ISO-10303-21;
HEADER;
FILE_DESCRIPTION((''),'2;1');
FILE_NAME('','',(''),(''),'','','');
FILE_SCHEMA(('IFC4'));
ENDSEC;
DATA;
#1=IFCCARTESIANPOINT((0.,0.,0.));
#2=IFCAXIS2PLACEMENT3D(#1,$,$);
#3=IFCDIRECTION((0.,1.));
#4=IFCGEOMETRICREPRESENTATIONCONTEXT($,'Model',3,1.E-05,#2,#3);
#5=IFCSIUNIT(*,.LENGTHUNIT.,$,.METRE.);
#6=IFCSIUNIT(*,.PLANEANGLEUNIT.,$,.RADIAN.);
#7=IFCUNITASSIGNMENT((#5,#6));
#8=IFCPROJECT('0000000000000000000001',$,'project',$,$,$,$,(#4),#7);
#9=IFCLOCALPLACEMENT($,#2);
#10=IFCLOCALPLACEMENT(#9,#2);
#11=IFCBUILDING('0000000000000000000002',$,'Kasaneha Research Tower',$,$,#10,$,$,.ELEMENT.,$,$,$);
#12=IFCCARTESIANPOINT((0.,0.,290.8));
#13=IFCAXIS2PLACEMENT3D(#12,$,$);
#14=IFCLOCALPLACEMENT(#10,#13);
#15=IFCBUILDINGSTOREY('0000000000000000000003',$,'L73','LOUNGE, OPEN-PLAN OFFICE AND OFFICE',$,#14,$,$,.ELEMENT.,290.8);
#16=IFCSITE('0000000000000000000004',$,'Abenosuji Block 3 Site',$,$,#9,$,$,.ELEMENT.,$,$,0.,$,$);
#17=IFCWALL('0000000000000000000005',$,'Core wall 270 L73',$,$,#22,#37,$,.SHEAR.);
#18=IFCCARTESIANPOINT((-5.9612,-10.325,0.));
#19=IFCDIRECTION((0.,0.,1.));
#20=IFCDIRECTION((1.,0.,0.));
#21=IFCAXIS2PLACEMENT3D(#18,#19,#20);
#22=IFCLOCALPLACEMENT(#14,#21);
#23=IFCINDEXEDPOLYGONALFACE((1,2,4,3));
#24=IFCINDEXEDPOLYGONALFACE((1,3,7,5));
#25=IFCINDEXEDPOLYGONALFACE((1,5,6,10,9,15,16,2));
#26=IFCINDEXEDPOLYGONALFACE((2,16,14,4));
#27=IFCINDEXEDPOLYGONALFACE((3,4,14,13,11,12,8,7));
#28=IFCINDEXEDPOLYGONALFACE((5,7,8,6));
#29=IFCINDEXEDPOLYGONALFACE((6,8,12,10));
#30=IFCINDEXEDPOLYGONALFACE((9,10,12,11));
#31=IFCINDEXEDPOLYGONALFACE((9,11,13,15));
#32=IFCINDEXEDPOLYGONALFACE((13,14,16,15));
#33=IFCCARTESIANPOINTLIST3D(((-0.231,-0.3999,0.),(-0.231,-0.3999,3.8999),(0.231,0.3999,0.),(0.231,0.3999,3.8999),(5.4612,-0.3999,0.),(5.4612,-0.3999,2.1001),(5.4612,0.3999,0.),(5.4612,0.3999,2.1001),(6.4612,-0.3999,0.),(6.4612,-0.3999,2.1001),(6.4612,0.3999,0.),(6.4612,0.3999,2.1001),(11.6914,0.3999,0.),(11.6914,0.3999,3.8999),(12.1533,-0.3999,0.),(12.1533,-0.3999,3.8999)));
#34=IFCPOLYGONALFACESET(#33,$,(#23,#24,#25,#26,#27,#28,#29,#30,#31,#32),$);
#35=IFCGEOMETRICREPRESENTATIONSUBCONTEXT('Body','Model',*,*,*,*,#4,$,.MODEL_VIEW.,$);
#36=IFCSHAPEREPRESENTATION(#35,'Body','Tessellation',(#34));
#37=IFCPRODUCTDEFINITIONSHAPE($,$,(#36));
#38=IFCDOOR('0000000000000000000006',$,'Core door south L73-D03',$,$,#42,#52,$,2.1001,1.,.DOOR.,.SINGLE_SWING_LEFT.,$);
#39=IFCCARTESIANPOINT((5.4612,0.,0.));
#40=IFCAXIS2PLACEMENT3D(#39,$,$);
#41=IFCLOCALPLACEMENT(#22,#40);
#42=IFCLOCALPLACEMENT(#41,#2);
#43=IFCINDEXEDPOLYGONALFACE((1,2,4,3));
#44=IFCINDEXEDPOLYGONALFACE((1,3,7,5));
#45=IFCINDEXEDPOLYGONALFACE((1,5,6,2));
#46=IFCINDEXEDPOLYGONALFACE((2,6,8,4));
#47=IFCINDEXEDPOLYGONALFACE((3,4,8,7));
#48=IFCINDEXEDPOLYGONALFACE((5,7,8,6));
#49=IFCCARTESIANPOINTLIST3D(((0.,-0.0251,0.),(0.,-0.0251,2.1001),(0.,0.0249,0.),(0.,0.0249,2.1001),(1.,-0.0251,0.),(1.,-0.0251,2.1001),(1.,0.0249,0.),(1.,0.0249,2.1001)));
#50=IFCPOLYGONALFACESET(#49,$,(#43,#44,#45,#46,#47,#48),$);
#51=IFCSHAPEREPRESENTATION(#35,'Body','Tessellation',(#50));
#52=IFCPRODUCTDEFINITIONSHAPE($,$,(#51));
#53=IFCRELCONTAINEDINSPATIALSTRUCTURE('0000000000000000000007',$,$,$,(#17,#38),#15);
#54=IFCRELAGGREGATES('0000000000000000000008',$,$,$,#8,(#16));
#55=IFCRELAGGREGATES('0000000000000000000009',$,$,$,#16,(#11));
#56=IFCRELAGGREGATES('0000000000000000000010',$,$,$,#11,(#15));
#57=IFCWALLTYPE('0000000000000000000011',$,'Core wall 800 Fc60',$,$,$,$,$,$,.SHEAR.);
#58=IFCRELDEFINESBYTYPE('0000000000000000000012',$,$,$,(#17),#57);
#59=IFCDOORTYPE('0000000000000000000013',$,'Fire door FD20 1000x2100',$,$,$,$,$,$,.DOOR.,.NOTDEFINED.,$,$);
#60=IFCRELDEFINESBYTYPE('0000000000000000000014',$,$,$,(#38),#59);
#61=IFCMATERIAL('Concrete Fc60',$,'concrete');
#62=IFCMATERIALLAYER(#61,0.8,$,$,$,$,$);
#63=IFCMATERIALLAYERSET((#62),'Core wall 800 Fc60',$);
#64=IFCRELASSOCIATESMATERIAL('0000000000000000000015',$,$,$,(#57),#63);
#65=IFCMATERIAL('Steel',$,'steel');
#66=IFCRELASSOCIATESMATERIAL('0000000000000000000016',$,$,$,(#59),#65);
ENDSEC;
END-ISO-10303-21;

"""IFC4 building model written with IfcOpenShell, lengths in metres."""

from ifc_helpers import new_model, si_unit, direction, frame, frame_2d, origin, place, context, subcontext, project, spatial, polyline, rectangle, outline, extrude, material, layer, layer_set, type_object, element, fill, save


model = new_model("IFC4")

# Units and contexts
model_context = context("Model", 3, precision=1e-05, world=origin(), true_north=direction((0.0, 1.0)))
body_context = subcontext(model_context, "Body", "Model", "MODEL_VIEW")
ifc_project = project(units=[si_unit("LENGTHUNIT", "METRE"), si_unit("PLANEANGLEUNIT", "RADIAN")], contexts=[model_context])

# Site, building, storey
site_placement = place(None, origin())
site = spatial("IfcSite", under=ifc_project, at=site_placement, Name="Abenosuji Block 3 Site", CompositionType="ELEMENT", RefElevation=0.0)
building_placement = place(site_placement, origin())
building = spatial("IfcBuilding", under=site, at=building_placement, Name="Kasaneha Research Tower", CompositionType="ELEMENT")
storey_placement = place(building_placement, frame((0.0, 0.0, 290.8)))
storey = spatial("IfcBuildingStorey", under=building, at=storey_placement, Name="L73", Description="LOUNGE, OPEN-PLAN OFFICE AND OFFICE", CompositionType="ELEMENT", Elevation=290.8)

# Wall, opening, door
ifc_material_1 = material(Name="Concrete Fc60", Category="concrete")
ifc_layer_1 = layer(ifc_material_1, 0.8)
ifc_layer_set_1 = layer_set([ifc_layer_1], Name="Core wall 800 Fc60")
wall_type_1 = type_object("IfcWallType", Name="Core wall 800 Fc60", PredefinedType="SHEAR", material=ifc_layer_set_1)
wall_1_placement = place(storey_placement, frame((-5.9612, -10.325, 0.0), z_axis=(0.0, 0.0, 1.0), x_axis=(1.0, 0.0, 0.0)))
wall_1 = element("IfcWall", 1, at=wall_1_placement, inside=storey, type_object=wall_type_1, Name="Core wall 270 L73", PredefinedType="SHEAR", context=body_context, shape_type="SweptSolid", body=[
    extrude(outline(polyline([(-0.231, -0.3999), (5.4612, -0.3999), (6.4612, -0.3999), (12.1533, -0.3999), (11.6914, 0.3999), (6.4612, 0.3999), (5.4612, 0.3999), (0.231, 0.3999), (-0.231, -0.3999)])), origin(), (0.0, 0.0, 1.0), 3.8999),
])
opening_1_placement = place(wall_1_placement, frame((5.4612, 0.0, 0.0)))
opening_1 = element("IfcOpeningElement", 2, at=opening_1_placement, cuts=wall_1, PredefinedType="OPENING", context=body_context, shape_type="SweptSolid", body=[
    extrude(rectangle(XDim=1.0, YDim=2.1001, at=frame_2d((0.5, 1.05))), frame((0.0, 0.4102, 0.0), z_axis=(0.0, -1.0, 0.0), x_axis=(1.0, 0.0, 0.0)), (0.0, 0.0, 1.0), 0.8201),
])
ifc_material_2 = material(Name="Steel", Category="steel")
door_type_1 = type_object("IfcDoorType", Name="Fire door FD20 1000x2100", OperationType="NOTDEFINED", PredefinedType="DOOR", material=ifc_material_2)
door_1_placement = place(opening_1_placement, origin())
door_1 = element("IfcDoor", 3, at=door_1_placement, inside=storey, type_object=door_type_1, Name="Core door south L73-D03", OperationType="SINGLE_SWING_LEFT", OverallHeight=2.1001, OverallWidth=1.0, PredefinedType="DOOR", context=body_context, shape_type="SweptSolid", body=[
    extrude(rectangle(XDim=1.0, YDim=2.1001, at=frame_2d((0.5, 1.05))), frame((0.0, 0.0249, 0.0), z_axis=(0.0, -1.0, 0.0), x_axis=(1.0, 0.0, 0.0)), (0.0, 0.0, 1.0), 0.05),
])
fill(opening_1, door_1)

save(model, "model.ifc")
